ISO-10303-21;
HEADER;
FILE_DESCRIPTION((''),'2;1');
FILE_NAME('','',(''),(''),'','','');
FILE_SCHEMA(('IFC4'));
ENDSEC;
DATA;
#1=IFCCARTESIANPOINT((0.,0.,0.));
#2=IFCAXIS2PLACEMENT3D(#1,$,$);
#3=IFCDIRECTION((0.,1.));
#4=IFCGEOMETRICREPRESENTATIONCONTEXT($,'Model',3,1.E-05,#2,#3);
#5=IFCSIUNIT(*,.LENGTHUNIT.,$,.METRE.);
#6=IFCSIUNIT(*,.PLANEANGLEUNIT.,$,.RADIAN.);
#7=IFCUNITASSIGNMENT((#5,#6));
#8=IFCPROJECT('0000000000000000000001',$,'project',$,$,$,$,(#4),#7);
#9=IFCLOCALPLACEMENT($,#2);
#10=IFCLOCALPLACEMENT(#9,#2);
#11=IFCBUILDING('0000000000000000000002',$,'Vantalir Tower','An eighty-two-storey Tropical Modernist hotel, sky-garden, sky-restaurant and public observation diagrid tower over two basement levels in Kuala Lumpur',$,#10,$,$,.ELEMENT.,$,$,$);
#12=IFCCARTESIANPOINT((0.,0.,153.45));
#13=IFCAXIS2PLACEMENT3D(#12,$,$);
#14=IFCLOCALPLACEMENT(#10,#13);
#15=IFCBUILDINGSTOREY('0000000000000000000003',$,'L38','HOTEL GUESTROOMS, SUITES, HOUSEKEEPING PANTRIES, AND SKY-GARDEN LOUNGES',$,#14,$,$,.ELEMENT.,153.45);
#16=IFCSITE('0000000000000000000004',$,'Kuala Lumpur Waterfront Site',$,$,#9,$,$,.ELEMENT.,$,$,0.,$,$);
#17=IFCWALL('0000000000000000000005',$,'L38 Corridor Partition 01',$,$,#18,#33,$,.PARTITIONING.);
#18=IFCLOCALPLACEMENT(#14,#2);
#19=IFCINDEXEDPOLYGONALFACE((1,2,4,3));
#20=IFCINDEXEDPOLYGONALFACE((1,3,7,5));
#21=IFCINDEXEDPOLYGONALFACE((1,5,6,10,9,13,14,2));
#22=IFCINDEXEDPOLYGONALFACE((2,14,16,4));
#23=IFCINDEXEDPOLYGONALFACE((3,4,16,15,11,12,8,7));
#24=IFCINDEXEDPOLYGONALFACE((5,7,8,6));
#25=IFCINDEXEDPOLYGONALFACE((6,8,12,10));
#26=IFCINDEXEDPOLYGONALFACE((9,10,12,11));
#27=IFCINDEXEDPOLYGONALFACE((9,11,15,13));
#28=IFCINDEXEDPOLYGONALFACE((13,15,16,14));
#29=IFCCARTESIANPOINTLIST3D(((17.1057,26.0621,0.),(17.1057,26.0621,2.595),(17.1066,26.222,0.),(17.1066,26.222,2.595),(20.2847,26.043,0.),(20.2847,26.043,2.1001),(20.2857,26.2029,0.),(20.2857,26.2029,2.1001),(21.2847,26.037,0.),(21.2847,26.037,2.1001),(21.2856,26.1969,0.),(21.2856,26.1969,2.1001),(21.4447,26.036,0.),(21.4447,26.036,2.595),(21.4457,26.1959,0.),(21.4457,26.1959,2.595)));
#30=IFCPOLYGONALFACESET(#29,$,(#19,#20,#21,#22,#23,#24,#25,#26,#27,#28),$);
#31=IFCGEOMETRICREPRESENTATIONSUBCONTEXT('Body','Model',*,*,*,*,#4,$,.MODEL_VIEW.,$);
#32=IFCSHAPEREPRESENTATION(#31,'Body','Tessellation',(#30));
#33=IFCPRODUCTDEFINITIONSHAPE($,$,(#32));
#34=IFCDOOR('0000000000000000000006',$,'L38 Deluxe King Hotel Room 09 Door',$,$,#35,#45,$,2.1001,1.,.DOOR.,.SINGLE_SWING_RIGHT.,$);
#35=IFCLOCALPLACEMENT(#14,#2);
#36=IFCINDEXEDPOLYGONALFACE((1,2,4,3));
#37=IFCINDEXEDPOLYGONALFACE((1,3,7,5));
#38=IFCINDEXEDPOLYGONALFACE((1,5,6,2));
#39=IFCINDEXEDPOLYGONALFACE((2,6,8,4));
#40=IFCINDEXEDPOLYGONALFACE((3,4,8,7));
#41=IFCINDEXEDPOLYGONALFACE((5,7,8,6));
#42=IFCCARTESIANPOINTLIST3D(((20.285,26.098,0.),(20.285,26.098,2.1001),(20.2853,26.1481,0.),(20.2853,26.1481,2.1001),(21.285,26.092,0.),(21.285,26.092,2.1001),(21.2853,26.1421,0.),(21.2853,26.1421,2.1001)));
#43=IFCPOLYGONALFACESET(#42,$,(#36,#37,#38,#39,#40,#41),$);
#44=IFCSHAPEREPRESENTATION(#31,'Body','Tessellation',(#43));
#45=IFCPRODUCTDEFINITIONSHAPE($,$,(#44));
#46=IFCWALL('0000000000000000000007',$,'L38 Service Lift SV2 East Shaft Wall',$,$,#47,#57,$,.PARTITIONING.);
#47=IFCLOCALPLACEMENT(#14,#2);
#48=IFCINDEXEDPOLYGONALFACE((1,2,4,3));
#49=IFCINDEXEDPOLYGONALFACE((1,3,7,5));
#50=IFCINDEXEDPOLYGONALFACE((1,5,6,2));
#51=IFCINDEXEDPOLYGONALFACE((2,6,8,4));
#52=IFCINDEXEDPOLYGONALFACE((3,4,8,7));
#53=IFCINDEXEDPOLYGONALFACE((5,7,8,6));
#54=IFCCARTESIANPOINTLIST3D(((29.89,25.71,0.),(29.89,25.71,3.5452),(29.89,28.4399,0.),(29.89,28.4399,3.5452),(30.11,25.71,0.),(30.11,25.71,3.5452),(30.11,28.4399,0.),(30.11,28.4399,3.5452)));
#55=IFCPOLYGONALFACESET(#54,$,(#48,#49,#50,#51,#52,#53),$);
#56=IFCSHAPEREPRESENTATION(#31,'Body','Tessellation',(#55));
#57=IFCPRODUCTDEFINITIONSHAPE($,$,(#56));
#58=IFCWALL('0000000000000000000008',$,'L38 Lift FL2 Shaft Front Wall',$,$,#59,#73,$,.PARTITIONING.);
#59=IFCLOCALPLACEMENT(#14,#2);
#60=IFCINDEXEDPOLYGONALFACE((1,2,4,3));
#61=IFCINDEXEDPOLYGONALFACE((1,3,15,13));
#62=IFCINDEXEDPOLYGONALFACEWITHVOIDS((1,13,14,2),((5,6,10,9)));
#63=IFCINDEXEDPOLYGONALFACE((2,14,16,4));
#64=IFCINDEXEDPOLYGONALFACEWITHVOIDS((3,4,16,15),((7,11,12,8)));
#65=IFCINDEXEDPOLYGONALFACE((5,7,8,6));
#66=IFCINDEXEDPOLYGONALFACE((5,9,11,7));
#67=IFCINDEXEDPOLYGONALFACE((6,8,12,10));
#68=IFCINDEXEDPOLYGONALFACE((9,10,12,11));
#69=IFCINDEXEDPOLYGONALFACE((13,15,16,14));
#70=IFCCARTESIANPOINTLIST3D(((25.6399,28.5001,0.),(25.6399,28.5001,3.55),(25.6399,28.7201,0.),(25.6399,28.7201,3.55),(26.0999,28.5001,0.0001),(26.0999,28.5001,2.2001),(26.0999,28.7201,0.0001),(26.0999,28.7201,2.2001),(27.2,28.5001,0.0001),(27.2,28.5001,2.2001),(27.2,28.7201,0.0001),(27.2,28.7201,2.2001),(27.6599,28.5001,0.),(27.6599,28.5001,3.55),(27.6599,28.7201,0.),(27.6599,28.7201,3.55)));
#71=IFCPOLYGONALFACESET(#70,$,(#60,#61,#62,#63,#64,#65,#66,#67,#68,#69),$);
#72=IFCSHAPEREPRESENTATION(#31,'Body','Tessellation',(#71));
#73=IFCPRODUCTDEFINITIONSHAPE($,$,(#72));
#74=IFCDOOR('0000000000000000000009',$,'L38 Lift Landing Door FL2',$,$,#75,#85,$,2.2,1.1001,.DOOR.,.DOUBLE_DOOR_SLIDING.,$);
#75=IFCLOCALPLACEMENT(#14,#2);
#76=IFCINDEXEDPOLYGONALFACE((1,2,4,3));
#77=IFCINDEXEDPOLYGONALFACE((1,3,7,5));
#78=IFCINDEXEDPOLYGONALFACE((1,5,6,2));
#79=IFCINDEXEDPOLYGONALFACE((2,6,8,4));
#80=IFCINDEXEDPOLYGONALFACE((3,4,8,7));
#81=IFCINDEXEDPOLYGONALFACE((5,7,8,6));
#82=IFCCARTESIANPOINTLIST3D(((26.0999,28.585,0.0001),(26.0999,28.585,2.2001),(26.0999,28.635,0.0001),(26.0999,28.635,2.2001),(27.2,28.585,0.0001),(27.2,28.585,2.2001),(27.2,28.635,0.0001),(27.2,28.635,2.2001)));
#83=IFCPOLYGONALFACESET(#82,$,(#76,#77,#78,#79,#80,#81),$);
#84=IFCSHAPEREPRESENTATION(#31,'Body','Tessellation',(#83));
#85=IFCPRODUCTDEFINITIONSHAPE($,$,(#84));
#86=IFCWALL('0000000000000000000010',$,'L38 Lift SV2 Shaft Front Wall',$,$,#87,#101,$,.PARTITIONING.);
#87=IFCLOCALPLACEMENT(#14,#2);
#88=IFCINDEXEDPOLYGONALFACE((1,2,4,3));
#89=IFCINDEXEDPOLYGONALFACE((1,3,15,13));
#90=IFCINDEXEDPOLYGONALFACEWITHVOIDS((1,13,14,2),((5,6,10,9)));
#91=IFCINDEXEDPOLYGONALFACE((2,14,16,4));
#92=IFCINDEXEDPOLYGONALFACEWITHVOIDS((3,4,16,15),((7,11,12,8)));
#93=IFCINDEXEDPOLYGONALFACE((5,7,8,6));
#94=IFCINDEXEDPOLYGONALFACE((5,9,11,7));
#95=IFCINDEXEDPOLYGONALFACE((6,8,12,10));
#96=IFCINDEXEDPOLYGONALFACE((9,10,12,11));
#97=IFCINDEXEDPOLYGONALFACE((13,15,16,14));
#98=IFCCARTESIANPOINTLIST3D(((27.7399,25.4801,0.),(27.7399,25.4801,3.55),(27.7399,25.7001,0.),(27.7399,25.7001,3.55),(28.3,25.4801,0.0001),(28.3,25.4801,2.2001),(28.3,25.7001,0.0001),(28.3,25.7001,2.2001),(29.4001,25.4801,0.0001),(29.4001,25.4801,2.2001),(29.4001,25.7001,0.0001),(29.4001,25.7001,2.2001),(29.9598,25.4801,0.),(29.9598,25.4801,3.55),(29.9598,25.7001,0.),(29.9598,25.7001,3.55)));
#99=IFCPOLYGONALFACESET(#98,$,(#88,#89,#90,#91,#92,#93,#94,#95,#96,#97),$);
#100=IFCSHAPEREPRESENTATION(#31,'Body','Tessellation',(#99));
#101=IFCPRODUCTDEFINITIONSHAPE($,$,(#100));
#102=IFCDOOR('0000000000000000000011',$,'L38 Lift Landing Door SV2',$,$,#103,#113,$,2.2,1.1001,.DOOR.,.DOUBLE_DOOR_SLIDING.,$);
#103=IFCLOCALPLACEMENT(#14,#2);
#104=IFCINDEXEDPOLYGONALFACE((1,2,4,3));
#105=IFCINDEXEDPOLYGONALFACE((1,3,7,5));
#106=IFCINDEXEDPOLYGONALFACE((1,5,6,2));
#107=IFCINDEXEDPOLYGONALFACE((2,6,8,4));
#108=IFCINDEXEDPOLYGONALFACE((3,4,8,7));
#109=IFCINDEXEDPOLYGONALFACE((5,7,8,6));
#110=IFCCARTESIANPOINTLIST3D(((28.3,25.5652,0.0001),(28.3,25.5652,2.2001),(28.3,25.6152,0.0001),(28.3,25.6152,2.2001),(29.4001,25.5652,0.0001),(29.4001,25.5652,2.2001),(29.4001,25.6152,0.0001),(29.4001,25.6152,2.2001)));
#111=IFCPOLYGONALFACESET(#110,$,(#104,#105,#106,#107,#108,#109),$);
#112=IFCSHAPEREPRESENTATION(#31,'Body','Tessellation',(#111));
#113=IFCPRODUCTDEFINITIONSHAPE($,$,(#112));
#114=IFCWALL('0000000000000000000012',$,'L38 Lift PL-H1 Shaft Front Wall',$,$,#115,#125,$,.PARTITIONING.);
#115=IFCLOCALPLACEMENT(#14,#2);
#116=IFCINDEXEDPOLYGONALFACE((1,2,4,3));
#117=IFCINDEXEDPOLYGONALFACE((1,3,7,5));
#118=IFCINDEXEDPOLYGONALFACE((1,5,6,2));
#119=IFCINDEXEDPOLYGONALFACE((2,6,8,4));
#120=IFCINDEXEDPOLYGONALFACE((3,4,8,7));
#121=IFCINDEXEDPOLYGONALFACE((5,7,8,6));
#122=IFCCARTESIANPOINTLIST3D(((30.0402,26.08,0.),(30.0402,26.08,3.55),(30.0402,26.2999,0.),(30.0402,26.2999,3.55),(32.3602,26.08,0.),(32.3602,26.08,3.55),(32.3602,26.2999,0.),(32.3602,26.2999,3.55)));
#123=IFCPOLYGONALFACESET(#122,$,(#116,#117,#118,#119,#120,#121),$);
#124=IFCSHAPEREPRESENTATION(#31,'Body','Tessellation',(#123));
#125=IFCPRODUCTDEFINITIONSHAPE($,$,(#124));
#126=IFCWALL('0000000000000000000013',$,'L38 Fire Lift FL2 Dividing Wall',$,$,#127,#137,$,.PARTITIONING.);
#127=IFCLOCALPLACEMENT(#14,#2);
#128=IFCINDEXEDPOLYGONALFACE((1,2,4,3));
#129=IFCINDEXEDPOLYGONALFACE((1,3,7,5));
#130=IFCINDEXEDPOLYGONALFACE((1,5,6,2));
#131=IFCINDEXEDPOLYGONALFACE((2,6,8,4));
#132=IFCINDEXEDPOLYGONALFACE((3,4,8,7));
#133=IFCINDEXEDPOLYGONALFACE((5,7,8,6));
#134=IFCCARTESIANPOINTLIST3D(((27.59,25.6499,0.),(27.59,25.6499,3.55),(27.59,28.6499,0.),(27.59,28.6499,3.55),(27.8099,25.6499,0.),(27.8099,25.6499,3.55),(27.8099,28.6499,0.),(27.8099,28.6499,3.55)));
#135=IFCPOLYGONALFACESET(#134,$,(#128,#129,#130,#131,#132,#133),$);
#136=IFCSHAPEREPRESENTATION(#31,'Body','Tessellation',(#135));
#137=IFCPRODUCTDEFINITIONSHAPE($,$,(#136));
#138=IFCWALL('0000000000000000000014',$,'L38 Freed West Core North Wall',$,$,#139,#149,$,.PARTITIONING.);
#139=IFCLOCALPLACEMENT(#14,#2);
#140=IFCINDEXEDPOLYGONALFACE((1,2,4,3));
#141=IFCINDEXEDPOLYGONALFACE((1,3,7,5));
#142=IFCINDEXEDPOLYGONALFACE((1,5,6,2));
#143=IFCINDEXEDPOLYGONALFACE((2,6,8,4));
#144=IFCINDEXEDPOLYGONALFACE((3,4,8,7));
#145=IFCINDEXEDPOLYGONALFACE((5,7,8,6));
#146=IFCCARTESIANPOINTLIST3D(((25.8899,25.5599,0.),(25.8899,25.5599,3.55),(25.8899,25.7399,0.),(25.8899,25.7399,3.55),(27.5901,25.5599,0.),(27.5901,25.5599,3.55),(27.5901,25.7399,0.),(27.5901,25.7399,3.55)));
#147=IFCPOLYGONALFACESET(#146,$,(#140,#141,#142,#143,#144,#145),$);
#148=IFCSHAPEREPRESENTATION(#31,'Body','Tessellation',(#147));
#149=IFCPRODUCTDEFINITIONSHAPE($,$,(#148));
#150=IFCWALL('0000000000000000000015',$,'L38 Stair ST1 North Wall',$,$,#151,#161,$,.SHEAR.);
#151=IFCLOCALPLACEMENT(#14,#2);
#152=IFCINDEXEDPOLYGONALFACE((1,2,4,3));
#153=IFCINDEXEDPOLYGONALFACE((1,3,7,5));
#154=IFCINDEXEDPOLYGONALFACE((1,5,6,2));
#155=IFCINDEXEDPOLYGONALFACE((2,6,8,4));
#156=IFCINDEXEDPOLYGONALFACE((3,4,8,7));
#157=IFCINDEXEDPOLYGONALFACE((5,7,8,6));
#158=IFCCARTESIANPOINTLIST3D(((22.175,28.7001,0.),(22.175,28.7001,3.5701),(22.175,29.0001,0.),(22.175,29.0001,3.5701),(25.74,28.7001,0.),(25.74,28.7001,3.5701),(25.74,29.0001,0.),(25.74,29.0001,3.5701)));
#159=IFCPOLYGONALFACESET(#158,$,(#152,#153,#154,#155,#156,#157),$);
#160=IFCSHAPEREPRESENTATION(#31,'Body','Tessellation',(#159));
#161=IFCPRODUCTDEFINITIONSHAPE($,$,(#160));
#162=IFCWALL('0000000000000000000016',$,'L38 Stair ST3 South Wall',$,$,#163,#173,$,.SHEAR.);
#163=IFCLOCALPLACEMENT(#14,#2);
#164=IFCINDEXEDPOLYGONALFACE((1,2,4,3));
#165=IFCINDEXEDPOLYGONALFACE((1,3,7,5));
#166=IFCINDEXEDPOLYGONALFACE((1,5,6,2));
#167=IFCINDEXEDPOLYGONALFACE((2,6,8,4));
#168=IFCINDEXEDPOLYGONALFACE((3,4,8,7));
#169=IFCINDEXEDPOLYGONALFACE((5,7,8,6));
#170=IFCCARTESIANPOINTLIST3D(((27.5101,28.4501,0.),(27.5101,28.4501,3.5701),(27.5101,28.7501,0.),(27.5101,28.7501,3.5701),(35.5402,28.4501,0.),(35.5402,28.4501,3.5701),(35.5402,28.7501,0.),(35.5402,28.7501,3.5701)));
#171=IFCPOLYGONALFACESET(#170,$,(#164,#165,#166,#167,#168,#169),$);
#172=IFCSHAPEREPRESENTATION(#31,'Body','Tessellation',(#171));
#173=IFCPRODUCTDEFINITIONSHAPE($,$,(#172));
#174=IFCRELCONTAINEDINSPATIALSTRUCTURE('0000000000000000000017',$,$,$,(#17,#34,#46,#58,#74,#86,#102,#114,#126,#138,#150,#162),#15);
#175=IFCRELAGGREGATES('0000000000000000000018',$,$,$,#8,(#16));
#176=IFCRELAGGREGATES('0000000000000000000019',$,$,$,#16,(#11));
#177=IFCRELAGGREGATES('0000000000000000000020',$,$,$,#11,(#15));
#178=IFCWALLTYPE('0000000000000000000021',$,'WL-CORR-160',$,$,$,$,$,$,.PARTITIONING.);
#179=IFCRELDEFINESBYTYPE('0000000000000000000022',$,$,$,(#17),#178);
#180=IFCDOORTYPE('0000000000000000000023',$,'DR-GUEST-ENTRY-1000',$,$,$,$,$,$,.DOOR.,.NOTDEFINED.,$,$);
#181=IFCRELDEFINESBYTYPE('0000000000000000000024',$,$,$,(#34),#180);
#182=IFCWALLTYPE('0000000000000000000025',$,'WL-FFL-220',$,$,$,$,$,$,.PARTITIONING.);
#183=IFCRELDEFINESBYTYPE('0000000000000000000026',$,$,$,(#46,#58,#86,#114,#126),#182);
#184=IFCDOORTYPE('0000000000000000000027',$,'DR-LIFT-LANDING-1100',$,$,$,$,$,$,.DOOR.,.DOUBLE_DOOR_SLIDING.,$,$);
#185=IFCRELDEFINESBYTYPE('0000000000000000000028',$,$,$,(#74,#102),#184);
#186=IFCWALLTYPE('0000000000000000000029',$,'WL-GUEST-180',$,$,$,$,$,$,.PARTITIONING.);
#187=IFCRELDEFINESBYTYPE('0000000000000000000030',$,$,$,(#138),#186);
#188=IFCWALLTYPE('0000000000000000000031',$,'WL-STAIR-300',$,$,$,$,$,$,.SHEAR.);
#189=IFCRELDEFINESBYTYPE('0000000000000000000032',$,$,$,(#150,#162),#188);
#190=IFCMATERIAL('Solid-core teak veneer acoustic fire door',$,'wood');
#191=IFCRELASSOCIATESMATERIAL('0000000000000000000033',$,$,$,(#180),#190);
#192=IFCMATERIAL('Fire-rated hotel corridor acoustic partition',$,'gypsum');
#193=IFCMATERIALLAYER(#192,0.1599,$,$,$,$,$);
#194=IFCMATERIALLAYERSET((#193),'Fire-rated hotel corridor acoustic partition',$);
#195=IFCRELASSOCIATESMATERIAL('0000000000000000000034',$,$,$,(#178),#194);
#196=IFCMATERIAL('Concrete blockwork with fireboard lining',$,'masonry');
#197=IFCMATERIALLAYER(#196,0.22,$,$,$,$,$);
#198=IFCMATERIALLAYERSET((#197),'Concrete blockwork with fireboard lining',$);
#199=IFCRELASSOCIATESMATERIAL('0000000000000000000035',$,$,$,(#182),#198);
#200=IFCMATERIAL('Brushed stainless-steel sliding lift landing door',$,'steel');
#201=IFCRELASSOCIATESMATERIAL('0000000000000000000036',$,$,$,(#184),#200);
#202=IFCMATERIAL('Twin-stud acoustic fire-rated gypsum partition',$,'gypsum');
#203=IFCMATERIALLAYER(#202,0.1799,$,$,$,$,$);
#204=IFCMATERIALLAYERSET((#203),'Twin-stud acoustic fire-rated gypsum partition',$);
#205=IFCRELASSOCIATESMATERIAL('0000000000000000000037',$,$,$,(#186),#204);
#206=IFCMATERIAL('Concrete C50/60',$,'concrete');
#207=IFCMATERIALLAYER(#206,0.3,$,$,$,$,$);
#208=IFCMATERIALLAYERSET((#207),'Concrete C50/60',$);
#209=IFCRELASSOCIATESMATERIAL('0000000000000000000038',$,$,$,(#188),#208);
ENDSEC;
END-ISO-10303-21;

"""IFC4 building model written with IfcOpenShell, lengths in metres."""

from ifc_helpers import new_model, si_unit, direction, frame, frame_2d, origin, place, context, subcontext, project, spatial, rectangle, extrude, material, layer, layer_set, type_object, element, fill, save


model = new_model("IFC4")

# Units and contexts
model_context = context("Model", 3, precision=1e-05, world=origin(), true_north=direction((0.0, 1.0)))
body_context = subcontext(model_context, "Body", "Model", "MODEL_VIEW")
ifc_project = project(units=[si_unit("LENGTHUNIT", "METRE"), si_unit("PLANEANGLEUNIT", "RADIAN")], contexts=[model_context])

# Site, building, storey
site_placement = place(None, origin())
site = spatial("IfcSite", under=ifc_project, at=site_placement, Name="Kuala Lumpur Waterfront Site", CompositionType="ELEMENT", RefElevation=0.0)
building_placement = place(site_placement, origin())
building = spatial("IfcBuilding", under=site, at=building_placement, Name="Vantalir Tower", Description="An eighty-two-storey Tropical Modernist hotel, sky-garden, sky-restaurant and public observation diagrid tower over two basement levels in Kuala Lumpur", CompositionType="ELEMENT")
storey_placement = place(building_placement, frame((0.0, 0.0, 153.45)))
storey = spatial("IfcBuildingStorey", under=building, at=storey_placement, Name="L38", Description="HOTEL GUESTROOMS, SUITES, HOUSEKEEPING PANTRIES, AND SKY-GARDEN LOUNGES", CompositionType="ELEMENT", Elevation=153.45)

# Shared definitions
ifc_material_1 = material(Name="Solid-core teak veneer acoustic fire door", Category="wood")
door_type_1 = type_object("IfcDoorType", Name="DR-GUEST-ENTRY-1000", OperationType="NOTDEFINED", PredefinedType="DOOR", material=ifc_material_1)

# Wall, opening, door
ifc_material_2 = material(Name="Fire-rated hotel corridor acoustic partition", Category="gypsum")
ifc_layer_1 = layer(ifc_material_2, 0.1599)
ifc_layer_set_1 = layer_set([ifc_layer_1], Name="Fire-rated hotel corridor acoustic partition")
wall_type_1 = type_object("IfcWallType", Name="WL-CORR-160", PredefinedType="PARTITIONING", material=ifc_layer_set_1)
wall_1_placement = place(storey_placement, frame((21.4451, 26.116, 0.0), z_axis=(0.0, 0.0, 1.0), x_axis=(-0.999982, 0.00602, 0.0)))
wall_1 = element("IfcWall", 1, at=wall_1_placement, inside=storey, type_object=wall_type_1, Name="L38 Corridor Partition 01", PredefinedType="PARTITIONING", context=body_context, shape_type="SweptSolid", body=[
    extrude(rectangle(XDim=4.3391, YDim=0.1599, at=frame_2d((2.1694, 0.0))), origin(), (0.0, 0.0, 1.0), 2.595),
])
opening_1_placement = place(wall_1_placement, frame((0.1599, 0.0, 0.0)))
opening_1 = element("IfcOpeningElement", 2, at=opening_1_placement, cuts=wall_1, PredefinedType="OPENING", context=body_context, shape_type="SweptSolid", body=[
    extrude(rectangle(XDim=1.0, YDim=2.1001, at=frame_2d((0.5, 1.05))), frame((0.0, 0.0898, 0.0), z_axis=(0.0, -1.0, 0.0), x_axis=(1.0, 0.0, 0.0)), (0.0, 0.0, 1.0), 0.1799),
])
door_1_placement = place(opening_1_placement, origin())
door_1 = element("IfcDoor", 3, at=door_1_placement, inside=storey, type_object=door_type_1, Name="L38 Deluxe King Hotel Room 09 Door", OperationType="SINGLE_SWING_RIGHT", OverallHeight=2.1001, OverallWidth=1.0, PredefinedType="DOOR", context=body_context, shape_type="SweptSolid", body=[
    extrude(rectangle(XDim=1.0, YDim=2.1001, at=frame_2d((0.5, 1.05))), frame((0.0, 0.0249, 0.0), z_axis=(0.0, -1.0, 0.0), x_axis=(1.0, 0.0, 0.0)), (0.0, 0.0, 1.0), 0.05),
])
fill(opening_1, door_1)

# Wall
ifc_material_3 = material(Name="Concrete blockwork with fireboard lining", Category="masonry")
ifc_layer_2 = layer(ifc_material_3, 0.22)
ifc_layer_set_2 = layer_set([ifc_layer_2], Name="Concrete blockwork with fireboard lining")
wall_type_2 = type_object("IfcWallType", Name="WL-FFL-220", PredefinedType="PARTITIONING", material=ifc_layer_set_2)
wall_2_placement = place(storey_placement, frame((30.0, 25.71, 0.0), z_axis=(0.0, 0.0, 1.0), x_axis=(0.0, 1.0, 0.0)))
element("IfcWall", 4, at=wall_2_placement, inside=storey, type_object=wall_type_2, Name="L38 Service Lift SV2 East Shaft Wall", PredefinedType="PARTITIONING", context=body_context, shape_type="SweptSolid", body=[
    extrude(rectangle(XDim=2.73, YDim=0.22, at=frame_2d((1.365, 0.0))), origin(), (0.0, 0.0, 1.0), 3.5452),
])

# Walls, openings, doors
wall_3_placement = place(storey_placement, frame((25.6399, 28.6101, 0.0), z_axis=(0.0, 0.0, 1.0), x_axis=(1.0, 0.0, 0.0)))
wall_3 = element("IfcWall", 5, at=wall_3_placement, inside=storey, type_object=wall_type_2, Name="L38 Lift FL2 Shaft Front Wall", PredefinedType="PARTITIONING", context=body_context, shape_type="SweptSolid", body=[
    extrude(rectangle(XDim=2.02, YDim=0.22, at=frame_2d((1.01, 0.0))), origin(), (0.0, 0.0, 1.0), 3.55),
])
opening_2_placement = place(wall_3_placement, frame((0.46, 0.0, 0.0)))
opening_2 = element("IfcOpeningElement", 6, at=opening_2_placement, cuts=wall_3, PredefinedType="OPENING", context=body_context, shape_type="SweptSolid", body=[
    extrude(rectangle(XDim=1.1001, YDim=2.2, at=frame_2d((0.55, 1.1001))), frame((0.0, 0.1199, 0.0), z_axis=(0.0, -1.0, 0.0), x_axis=(1.0, 0.0, 0.0)), (0.0, 0.0, 1.0), 0.24),
])
ifc_material_4 = material(Name="Brushed stainless-steel sliding lift landing door", Category="steel")
door_type_2 = type_object("IfcDoorType", Name="DR-LIFT-LANDING-1100", OperationType="DOUBLE_DOOR_SLIDING", PredefinedType="DOOR", material=ifc_material_4)
door_2_placement = place(opening_2_placement, origin())
door_2 = element("IfcDoor", 7, at=door_2_placement, inside=storey, type_object=door_type_2, Name="L38 Lift Landing Door FL2", OperationType="DOUBLE_DOOR_SLIDING", OverallHeight=2.2, OverallWidth=1.1001, PredefinedType="DOOR", context=body_context, shape_type="SweptSolid", body=[
    extrude(rectangle(XDim=1.1001, YDim=2.2, at=frame_2d((0.55, 1.1001))), frame((0.0, 0.0249, 0.0), z_axis=(0.0, -1.0, 0.0), x_axis=(1.0, 0.0, 0.0)), (0.0, 0.0, 1.0), 0.05),
])
fill(opening_2, door_2)
wall_4_placement = place(storey_placement, frame((27.74, 25.5901, 0.0), z_axis=(0.0, 0.0, 1.0), x_axis=(1.0, 0.0, 0.0)))
wall_4 = element("IfcWall", 8, at=wall_4_placement, inside=storey, type_object=wall_type_2, Name="L38 Lift SV2 Shaft Front Wall", PredefinedType="PARTITIONING", context=body_context, shape_type="SweptSolid", body=[
    extrude(rectangle(XDim=2.22, YDim=0.22, at=frame_2d((1.1099, 0.0))), origin(), (0.0, 0.0, 1.0), 3.55),
])
opening_3_placement = place(wall_4_placement, frame((0.5601, 0.0, 0.0)))
opening_3 = element("IfcOpeningElement", 9, at=opening_3_placement, cuts=wall_4, PredefinedType="OPENING", context=body_context, shape_type="SweptSolid", body=[
    extrude(rectangle(XDim=1.1001, YDim=2.2, at=frame_2d((0.55, 1.1001))), frame((0.0, 0.1199, 0.0), z_axis=(0.0, -1.0, 0.0), x_axis=(1.0, 0.0, 0.0)), (0.0, 0.0, 1.0), 0.24),
])
door_3_placement = place(opening_3_placement, frame((1.1001, 0.0, 0.0), z_axis=(0.0, 0.0, 1.0), x_axis=(-1.0, 0.0, 0.0)))
door_3 = element("IfcDoor", 10, at=door_3_placement, inside=storey, type_object=door_type_2, Name="L38 Lift Landing Door SV2", OperationType="DOUBLE_DOOR_SLIDING", OverallHeight=2.2, OverallWidth=1.1001, PredefinedType="DOOR", context=body_context, shape_type="SweptSolid", body=[
    extrude(rectangle(XDim=1.1001, YDim=2.2, at=frame_2d((0.55, 1.1001))), frame((0.0, 0.0249, 0.0), z_axis=(0.0, -1.0, 0.0), x_axis=(1.0, 0.0, 0.0)), (0.0, 0.0, 1.0), 0.05),
])
fill(opening_3, door_3)

# Walls
wall_5_placement = place(storey_placement, frame((30.04, 26.1899, 0.0), z_axis=(0.0, 0.0, 1.0), x_axis=(1.0, 0.0, 0.0)))
element("IfcWall", 11, at=wall_5_placement, inside=storey, type_object=wall_type_2, Name="L38 Lift PL-H1 Shaft Front Wall", PredefinedType="PARTITIONING", context=body_context, shape_type="SweptSolid", body=[
    extrude(rectangle(XDim=2.3201, YDim=0.22, at=frame_2d((1.1602, 0.0))), origin(), (0.0, 0.0, 1.0), 3.55),
])
wall_6_placement = place(storey_placement, frame((27.7, 25.6499, 0.0), z_axis=(0.0, 0.0, 1.0), x_axis=(0.0, 1.0, 0.0)))
element("IfcWall", 12, at=wall_6_placement, inside=storey, type_object=wall_type_2, Name="L38 Fire Lift FL2 Dividing Wall", PredefinedType="PARTITIONING", context=body_context, shape_type="SweptSolid", body=[
    extrude(rectangle(XDim=3.0, YDim=0.22, at=frame_2d((1.5, 0.0))), origin(), (0.0, 0.0, 1.0), 3.55),
])
ifc_material_5 = material(Name="Twin-stud acoustic fire-rated gypsum partition", Category="gypsum")
ifc_layer_3 = layer(ifc_material_5, 0.1799)
ifc_layer_set_3 = layer_set([ifc_layer_3], Name="Twin-stud acoustic fire-rated gypsum partition")
wall_type_3 = type_object("IfcWallType", Name="WL-GUEST-180", PredefinedType="PARTITIONING", material=ifc_layer_set_3)
wall_7_placement = place(storey_placement, frame((25.8899, 25.6499, 0.0), z_axis=(0.0, 0.0, 1.0), x_axis=(1.0, 0.0, 0.0)))
element("IfcWall", 13, at=wall_7_placement, inside=storey, type_object=wall_type_3, Name="L38 Freed West Core North Wall", PredefinedType="PARTITIONING", context=body_context, shape_type="SweptSolid", body=[
    extrude(rectangle(XDim=1.7002, YDim=0.1799, at=frame_2d((0.8501, 0.0))), origin(), (0.0, 0.0, 1.0), 3.55),
])
ifc_material_6 = material(Name="Concrete C50/60", Category="concrete")
ifc_layer_4 = layer(ifc_material_6, 0.3)
ifc_layer_set_4 = layer_set([ifc_layer_4], Name="Concrete C50/60")
wall_type_4 = type_object("IfcWallType", Name="WL-STAIR-300", PredefinedType="SHEAR", material=ifc_layer_set_4)
wall_8_placement = place(storey_placement, frame((22.175, 28.8501, 0.0), z_axis=(0.0, 0.0, 1.0), x_axis=(1.0, 0.0, 0.0)))
element("IfcWall", 14, at=wall_8_placement, inside=storey, type_object=wall_type_4, Name="L38 Stair ST1 North Wall", PredefinedType="SHEAR", context=body_context, shape_type="SweptSolid", body=[
    extrude(rectangle(XDim=3.5649, YDim=0.3, at=frame_2d((1.7825, 0.0))), origin(), (0.0, 0.0, 1.0), 3.5701),
])
wall_9_placement = place(storey_placement, frame((27.51, 28.6001, 0.0), z_axis=(0.0, 0.0, 1.0), x_axis=(1.0, 0.0, 0.0)))
element("IfcWall", 15, at=wall_9_placement, inside=storey, type_object=wall_type_4, Name="L38 Stair ST3 South Wall", PredefinedType="SHEAR", context=body_context, shape_type="SweptSolid", body=[
    extrude(rectangle(XDim=8.03, YDim=0.3, at=frame_2d((4.0151, 0.0))), origin(), (0.0, 0.0, 1.0), 3.5701),
])

save(model, "model.ifc")
